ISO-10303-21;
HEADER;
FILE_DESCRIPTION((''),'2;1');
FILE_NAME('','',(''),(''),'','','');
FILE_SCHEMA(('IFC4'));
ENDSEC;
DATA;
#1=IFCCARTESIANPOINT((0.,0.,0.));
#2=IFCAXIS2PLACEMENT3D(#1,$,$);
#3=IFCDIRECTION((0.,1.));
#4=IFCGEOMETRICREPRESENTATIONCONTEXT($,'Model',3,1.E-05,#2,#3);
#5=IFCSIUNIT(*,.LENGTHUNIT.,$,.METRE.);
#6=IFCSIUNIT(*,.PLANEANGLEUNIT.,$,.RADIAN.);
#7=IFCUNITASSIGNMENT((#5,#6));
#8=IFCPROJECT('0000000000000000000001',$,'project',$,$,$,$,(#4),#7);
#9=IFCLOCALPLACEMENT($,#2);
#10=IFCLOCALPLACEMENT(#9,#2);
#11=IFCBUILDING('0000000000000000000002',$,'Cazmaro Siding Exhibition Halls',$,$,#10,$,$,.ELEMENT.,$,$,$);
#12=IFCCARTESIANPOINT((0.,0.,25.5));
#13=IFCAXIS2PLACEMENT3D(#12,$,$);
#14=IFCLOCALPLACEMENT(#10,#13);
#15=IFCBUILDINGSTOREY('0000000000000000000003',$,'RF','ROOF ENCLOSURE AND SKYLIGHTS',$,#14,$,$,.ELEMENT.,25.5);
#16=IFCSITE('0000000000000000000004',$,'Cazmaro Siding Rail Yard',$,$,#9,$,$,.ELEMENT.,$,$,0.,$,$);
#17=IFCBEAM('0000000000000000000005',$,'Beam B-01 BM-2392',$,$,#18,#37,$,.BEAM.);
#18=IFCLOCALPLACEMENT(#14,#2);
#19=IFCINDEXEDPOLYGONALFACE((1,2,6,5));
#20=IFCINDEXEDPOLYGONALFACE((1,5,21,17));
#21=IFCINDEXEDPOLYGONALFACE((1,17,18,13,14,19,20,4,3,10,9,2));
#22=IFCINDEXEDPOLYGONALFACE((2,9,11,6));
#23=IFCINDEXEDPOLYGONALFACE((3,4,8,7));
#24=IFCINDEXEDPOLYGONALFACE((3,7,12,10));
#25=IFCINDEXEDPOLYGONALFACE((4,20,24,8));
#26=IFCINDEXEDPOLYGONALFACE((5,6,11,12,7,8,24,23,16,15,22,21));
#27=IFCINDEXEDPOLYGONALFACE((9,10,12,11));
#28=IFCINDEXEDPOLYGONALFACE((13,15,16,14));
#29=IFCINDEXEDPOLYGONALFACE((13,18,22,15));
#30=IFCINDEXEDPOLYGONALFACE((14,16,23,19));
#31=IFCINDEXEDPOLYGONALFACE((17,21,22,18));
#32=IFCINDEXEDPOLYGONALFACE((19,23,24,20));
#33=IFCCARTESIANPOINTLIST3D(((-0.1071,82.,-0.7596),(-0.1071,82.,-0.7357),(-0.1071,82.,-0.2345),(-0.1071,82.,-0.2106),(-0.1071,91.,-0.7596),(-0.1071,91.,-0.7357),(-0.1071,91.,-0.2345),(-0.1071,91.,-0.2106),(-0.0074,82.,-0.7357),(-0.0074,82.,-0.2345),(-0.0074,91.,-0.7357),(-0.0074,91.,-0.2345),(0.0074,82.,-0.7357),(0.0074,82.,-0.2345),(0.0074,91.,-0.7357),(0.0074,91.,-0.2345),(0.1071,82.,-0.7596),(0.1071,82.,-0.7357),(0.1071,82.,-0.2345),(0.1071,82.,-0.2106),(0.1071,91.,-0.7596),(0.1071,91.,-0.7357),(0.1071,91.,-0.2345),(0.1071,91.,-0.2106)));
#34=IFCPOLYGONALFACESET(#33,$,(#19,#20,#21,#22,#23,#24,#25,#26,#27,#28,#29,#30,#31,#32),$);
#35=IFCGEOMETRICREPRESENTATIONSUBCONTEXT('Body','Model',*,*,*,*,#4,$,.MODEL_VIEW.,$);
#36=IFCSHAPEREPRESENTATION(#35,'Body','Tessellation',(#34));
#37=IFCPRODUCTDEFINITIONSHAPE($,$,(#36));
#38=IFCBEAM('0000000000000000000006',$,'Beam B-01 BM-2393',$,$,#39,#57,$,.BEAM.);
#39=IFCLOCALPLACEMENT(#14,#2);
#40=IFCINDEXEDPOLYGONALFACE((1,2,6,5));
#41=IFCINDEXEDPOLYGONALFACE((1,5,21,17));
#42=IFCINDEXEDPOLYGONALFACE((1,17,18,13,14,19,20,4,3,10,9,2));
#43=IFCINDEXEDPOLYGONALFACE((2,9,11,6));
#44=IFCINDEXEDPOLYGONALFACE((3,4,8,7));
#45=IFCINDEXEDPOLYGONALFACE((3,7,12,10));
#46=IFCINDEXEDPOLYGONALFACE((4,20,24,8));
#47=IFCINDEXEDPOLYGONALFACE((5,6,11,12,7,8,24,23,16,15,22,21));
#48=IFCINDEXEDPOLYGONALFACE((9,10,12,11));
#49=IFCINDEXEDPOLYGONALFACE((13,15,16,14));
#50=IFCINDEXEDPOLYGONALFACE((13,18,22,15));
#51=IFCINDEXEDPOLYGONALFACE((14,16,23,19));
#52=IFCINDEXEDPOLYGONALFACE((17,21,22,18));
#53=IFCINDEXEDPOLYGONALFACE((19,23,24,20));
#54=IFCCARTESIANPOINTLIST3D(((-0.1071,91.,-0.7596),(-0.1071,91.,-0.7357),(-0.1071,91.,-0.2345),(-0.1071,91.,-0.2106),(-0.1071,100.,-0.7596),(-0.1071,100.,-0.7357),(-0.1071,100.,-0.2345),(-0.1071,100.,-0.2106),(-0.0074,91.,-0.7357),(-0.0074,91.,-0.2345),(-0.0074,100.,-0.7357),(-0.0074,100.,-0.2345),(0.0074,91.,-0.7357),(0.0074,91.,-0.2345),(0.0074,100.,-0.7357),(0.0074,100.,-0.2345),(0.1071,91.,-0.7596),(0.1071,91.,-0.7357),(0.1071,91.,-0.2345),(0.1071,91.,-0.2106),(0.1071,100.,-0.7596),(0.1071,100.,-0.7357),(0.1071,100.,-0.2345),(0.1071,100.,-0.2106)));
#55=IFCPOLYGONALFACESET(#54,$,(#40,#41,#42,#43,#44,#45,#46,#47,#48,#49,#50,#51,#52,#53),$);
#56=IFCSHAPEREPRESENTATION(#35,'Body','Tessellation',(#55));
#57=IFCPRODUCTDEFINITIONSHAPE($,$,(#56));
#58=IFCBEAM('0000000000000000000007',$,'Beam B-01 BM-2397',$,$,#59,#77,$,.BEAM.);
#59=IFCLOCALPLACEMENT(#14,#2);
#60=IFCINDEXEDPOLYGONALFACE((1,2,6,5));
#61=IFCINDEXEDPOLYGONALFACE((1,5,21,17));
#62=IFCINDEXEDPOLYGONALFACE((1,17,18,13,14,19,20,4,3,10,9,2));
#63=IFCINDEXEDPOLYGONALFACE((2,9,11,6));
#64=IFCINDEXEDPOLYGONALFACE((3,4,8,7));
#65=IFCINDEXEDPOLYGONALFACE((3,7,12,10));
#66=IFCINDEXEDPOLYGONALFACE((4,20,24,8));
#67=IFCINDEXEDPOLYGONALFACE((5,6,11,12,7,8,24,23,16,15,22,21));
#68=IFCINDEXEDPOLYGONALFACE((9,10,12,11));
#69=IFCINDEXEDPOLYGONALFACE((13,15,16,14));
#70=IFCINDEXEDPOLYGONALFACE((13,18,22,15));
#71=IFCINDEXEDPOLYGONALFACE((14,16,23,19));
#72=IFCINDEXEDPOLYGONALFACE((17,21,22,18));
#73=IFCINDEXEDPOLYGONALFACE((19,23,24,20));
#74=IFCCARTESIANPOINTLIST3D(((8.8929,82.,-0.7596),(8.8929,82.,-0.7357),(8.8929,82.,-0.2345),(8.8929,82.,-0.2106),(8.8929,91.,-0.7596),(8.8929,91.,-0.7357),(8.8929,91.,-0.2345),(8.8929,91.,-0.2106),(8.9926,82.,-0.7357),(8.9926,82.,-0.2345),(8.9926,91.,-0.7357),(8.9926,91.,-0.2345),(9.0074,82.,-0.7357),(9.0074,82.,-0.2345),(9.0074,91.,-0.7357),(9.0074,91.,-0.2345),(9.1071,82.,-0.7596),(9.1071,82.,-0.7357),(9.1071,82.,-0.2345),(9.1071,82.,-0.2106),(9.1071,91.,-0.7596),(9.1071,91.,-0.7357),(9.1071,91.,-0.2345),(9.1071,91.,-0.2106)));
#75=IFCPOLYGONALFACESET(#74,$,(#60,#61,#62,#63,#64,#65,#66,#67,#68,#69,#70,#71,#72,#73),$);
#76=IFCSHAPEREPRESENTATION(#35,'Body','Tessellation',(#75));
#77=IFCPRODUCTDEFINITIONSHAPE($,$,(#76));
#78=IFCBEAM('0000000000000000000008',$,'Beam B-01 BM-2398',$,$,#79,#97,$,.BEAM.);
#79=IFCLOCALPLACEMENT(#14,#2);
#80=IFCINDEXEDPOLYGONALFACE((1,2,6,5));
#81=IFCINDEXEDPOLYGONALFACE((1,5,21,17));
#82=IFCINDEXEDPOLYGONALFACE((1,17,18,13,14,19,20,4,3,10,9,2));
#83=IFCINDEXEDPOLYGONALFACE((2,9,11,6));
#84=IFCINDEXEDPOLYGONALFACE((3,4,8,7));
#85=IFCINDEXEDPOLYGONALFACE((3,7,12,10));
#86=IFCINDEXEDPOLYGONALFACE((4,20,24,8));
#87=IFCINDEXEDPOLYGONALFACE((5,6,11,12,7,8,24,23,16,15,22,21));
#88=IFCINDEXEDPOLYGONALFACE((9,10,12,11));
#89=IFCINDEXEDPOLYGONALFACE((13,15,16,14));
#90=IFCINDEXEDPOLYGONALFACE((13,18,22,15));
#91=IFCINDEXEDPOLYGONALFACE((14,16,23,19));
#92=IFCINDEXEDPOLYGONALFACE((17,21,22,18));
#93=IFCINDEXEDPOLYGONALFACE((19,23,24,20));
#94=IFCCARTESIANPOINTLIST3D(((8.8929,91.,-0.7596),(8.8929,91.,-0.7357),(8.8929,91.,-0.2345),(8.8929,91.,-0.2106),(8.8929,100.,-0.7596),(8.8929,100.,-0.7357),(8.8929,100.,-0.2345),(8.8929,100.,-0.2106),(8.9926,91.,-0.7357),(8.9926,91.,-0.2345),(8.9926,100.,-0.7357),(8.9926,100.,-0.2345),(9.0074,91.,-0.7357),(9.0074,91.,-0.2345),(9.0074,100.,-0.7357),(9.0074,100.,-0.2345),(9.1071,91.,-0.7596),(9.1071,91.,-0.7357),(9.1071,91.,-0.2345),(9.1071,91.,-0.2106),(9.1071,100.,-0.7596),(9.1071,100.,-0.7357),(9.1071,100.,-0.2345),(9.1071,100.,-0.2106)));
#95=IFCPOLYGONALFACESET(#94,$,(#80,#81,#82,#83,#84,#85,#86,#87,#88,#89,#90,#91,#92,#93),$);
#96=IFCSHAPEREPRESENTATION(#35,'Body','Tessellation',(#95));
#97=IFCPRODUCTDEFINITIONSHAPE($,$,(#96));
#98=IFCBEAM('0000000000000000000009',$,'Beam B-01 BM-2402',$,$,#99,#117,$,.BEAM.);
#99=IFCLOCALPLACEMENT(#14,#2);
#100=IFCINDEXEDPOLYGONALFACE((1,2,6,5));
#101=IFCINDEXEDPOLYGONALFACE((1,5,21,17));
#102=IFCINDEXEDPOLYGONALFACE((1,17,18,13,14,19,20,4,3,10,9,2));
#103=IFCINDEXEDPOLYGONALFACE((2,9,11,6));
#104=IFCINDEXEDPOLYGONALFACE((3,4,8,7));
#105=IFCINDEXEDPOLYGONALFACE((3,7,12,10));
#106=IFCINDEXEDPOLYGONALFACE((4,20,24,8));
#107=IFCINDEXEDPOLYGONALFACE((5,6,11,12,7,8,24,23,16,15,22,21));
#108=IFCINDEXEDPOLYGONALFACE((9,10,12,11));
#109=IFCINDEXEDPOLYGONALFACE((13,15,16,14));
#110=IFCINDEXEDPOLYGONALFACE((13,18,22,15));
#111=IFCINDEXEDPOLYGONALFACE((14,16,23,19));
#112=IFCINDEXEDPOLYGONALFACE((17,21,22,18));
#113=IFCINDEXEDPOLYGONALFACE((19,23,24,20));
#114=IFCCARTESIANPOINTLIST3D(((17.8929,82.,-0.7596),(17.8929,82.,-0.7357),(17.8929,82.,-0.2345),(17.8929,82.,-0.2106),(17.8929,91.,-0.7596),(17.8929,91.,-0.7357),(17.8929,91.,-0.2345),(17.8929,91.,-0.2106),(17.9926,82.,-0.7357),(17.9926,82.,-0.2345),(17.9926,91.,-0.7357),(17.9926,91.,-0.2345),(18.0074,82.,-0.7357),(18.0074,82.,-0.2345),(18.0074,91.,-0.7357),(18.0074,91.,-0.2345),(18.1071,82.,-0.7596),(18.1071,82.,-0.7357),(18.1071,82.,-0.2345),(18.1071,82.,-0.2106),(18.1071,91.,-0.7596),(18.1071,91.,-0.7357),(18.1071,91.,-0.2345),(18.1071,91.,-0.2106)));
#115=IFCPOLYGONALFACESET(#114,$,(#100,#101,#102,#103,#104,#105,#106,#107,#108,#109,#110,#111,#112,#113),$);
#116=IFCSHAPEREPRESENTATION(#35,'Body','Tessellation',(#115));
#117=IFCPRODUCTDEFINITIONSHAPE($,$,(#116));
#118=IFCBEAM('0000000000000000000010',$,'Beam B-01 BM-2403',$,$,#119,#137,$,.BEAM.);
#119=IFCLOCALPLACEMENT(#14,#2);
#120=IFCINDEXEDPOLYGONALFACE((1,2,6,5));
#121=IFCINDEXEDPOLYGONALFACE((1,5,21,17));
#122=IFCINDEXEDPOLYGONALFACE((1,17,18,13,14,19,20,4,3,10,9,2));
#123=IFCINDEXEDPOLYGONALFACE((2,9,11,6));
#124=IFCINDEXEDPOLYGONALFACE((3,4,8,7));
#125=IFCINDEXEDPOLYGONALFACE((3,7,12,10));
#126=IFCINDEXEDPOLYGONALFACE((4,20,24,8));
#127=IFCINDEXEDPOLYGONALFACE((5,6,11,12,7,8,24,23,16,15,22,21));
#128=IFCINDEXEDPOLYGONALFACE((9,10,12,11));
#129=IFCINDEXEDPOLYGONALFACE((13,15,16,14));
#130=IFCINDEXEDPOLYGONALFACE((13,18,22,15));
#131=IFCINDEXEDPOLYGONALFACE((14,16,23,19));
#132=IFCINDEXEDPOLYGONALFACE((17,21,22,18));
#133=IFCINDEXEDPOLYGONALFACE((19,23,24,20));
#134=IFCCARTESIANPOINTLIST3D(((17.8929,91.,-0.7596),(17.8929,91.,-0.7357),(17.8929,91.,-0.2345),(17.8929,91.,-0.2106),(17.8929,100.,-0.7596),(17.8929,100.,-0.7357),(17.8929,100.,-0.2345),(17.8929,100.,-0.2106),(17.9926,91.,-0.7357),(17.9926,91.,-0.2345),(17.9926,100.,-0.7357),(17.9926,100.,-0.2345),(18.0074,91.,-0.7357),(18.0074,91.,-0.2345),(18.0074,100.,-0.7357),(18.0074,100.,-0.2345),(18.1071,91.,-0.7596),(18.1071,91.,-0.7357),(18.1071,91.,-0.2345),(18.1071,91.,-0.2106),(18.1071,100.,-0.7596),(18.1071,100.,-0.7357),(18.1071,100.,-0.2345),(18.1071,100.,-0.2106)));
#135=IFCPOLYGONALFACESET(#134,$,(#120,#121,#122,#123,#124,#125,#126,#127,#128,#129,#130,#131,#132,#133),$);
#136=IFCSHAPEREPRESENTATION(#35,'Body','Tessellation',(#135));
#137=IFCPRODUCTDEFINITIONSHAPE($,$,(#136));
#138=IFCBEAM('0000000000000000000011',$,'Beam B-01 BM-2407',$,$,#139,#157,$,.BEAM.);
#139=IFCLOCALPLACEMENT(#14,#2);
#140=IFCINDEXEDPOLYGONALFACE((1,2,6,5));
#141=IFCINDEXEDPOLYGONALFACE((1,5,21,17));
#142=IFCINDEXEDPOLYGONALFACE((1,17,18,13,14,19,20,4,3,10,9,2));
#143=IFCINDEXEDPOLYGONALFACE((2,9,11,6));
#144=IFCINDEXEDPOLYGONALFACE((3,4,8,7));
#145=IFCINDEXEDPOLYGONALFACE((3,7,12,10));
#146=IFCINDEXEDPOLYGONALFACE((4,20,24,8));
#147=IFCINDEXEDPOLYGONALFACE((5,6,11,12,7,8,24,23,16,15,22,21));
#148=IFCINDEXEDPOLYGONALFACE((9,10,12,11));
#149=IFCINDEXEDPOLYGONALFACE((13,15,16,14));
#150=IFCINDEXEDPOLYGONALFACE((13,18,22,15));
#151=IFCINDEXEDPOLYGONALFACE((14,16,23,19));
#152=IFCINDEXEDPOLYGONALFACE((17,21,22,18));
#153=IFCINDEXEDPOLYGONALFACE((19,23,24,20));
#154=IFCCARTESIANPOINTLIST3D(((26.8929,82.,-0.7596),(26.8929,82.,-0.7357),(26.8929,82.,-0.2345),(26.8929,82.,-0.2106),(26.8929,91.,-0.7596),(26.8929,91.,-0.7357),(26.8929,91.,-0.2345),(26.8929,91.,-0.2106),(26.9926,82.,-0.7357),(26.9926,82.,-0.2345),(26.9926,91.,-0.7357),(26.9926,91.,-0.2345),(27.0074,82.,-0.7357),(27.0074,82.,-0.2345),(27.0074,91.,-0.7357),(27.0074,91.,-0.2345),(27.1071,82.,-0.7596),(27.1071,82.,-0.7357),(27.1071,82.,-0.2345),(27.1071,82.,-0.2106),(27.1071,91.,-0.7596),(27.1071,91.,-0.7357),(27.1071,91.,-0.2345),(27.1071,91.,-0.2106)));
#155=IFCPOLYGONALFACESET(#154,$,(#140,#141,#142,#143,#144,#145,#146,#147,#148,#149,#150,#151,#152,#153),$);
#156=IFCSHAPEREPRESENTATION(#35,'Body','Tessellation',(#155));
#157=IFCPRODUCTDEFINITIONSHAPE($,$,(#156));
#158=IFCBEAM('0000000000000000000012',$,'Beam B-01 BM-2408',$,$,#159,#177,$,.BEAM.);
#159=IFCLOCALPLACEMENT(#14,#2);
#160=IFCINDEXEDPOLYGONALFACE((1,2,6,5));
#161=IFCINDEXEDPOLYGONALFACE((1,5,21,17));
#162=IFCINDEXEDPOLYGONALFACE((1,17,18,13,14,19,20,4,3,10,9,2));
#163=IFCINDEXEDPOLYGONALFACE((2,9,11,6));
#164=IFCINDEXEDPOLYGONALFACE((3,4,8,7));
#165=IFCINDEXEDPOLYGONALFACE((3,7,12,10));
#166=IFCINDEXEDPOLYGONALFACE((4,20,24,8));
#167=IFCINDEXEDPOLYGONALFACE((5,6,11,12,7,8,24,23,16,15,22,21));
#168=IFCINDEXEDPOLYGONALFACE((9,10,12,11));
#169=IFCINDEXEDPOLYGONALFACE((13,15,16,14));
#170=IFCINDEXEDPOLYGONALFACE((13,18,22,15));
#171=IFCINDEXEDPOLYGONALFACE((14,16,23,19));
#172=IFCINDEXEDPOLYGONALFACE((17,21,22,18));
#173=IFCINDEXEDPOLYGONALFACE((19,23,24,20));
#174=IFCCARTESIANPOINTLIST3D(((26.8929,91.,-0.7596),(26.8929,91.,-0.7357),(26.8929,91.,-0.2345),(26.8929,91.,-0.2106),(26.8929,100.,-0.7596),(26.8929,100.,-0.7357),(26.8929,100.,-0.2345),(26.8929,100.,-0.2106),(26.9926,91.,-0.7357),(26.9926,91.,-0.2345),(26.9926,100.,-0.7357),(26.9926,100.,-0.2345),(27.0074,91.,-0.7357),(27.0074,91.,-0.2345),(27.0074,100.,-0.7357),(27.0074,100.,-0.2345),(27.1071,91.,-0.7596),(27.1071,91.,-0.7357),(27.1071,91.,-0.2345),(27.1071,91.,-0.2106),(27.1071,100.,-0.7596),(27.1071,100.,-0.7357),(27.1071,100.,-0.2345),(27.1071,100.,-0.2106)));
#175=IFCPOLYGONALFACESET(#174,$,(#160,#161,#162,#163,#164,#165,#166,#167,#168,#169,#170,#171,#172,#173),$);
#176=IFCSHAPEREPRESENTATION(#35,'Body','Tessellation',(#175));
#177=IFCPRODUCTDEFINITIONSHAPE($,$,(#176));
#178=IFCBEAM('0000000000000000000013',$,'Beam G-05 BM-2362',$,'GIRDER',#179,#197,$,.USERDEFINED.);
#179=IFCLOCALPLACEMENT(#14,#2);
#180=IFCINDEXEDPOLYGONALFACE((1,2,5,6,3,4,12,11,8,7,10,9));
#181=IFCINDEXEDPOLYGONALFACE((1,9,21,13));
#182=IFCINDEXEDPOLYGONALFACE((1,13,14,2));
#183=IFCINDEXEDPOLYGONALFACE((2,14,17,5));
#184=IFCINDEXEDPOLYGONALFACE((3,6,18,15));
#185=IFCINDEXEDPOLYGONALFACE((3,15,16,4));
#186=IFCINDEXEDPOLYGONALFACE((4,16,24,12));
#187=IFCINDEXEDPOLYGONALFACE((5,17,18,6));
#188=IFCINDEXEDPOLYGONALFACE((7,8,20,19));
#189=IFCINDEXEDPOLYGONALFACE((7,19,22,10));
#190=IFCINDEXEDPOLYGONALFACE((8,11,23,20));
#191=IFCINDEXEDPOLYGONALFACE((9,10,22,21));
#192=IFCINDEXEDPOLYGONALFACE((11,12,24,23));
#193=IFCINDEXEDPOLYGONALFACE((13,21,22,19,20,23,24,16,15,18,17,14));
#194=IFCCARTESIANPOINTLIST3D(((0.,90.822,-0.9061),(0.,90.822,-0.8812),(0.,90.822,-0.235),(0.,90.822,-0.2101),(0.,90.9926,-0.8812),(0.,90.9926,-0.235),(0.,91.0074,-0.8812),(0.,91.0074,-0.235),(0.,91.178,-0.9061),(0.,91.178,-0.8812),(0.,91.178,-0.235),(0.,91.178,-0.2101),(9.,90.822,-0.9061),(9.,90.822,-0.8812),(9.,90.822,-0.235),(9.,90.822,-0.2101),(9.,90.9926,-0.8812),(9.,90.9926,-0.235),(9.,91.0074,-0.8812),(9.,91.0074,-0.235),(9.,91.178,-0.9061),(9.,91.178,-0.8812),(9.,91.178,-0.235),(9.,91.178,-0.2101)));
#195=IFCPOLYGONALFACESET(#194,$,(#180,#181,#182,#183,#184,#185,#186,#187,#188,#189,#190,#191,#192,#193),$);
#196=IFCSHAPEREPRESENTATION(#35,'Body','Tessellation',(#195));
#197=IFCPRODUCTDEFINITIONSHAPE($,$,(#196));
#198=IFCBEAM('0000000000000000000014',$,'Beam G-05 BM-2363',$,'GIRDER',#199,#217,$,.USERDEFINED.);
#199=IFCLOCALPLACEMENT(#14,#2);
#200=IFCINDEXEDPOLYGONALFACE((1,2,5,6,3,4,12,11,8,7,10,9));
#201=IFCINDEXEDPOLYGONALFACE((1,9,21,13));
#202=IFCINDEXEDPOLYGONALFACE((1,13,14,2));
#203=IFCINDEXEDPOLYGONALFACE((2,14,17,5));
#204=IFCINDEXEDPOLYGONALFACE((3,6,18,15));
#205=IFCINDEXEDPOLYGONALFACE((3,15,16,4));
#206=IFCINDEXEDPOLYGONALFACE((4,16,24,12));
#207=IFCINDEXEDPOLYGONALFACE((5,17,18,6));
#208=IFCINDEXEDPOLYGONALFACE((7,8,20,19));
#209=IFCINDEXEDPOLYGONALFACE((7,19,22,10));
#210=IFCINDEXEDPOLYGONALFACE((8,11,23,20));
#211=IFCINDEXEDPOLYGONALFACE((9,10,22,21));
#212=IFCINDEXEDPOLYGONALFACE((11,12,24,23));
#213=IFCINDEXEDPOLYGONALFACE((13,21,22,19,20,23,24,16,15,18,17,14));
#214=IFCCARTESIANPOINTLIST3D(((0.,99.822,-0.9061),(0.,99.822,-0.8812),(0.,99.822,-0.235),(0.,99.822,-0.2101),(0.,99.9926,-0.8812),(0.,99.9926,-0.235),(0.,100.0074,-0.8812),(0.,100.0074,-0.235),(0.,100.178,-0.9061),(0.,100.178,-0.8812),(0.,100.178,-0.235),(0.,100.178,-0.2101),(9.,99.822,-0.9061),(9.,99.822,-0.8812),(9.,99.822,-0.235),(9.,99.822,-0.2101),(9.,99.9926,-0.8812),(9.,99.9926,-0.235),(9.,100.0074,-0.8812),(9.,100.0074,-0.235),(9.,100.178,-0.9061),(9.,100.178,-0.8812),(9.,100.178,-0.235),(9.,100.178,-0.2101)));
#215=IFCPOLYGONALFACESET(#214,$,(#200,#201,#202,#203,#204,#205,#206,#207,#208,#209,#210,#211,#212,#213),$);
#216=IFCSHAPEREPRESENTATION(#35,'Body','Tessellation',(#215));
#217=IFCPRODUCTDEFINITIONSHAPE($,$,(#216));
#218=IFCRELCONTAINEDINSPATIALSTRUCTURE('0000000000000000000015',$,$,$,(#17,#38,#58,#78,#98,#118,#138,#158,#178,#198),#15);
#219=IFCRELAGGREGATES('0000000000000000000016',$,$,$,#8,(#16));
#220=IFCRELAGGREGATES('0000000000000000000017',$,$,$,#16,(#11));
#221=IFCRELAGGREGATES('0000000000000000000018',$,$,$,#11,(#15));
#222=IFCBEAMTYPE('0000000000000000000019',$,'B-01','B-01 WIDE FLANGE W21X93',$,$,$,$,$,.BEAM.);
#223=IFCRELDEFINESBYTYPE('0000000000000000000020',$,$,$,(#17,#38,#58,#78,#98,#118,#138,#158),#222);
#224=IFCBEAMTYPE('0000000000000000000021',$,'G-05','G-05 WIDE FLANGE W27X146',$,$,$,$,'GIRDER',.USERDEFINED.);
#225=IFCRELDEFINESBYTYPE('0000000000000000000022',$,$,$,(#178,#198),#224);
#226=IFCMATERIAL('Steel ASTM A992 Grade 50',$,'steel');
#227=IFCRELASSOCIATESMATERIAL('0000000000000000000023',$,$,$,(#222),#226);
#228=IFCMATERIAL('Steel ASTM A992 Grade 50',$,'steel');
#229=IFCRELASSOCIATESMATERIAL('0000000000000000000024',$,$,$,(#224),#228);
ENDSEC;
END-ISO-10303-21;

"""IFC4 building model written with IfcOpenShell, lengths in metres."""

from ifc_helpers import new_model, si_unit, direction, frame, origin, origin_2d, place, context, subcontext, project, spatial, i_section, extrude, material, material_profile, profile_set, type_object, element, save


model = new_model("IFC4")

# Units and contexts
model_context = context("Model", 3, precision=1e-05, world=origin(), true_north=direction((0.0, 1.0)))
body_context = subcontext(model_context, "Body", "Model", "MODEL_VIEW")
ifc_project = project(units=[si_unit("LENGTHUNIT", "METRE"), si_unit("PLANEANGLEUNIT", "RADIAN")], contexts=[model_context])

# Site, building, storey
site_placement = place(None, origin())
site = spatial("IfcSite", under=ifc_project, at=site_placement, Name="Cazmaro Siding Rail Yard", CompositionType="ELEMENT", RefElevation=0.0)
building_placement = place(site_placement, origin())
building = spatial("IfcBuilding", under=site, at=building_placement, Name="Cazmaro Siding Exhibition Halls", CompositionType="ELEMENT")
storey_placement = place(building_placement, frame((0.0, 0.0, 25.5)))
storey = spatial("IfcBuildingStorey", under=building, at=storey_placement, Name="RF", Description="ROOF ENCLOSURE AND SKYLIGHTS", CompositionType="ELEMENT", Elevation=25.5)

# Beams
ifc_material_1 = material(Name="Steel ASTM A992 Grade 50", Category="steel")
ifc_material_profile_1 = material_profile(ifc_material_1, i_section(OverallWidth=0.2141, OverallDepth=0.5491, WebThickness=0.0149, FlangeThickness=0.0239, at=origin_2d()), Name="W21X93")
ifc_profile_set_1 = profile_set([ifc_material_profile_1], Name="Steel ASTM A992 Grade 50")
beam_type_1 = type_object("IfcBeamType", Name="B-01", Description="B-01 WIDE FLANGE W21X93", PredefinedType="BEAM", material=ifc_profile_set_1)
for number, where, z_axis, x_axis, name in (
    (1, (0.0, 82.0, -0.4851), (0.0, 1.0, 0.0), (-1.0, 0.0, 0.0), "Beam B-01 BM-2392"),
    (2, (0.0, 91.0, -0.4851), (0.0, 1.0, 0.0), (-1.0, 0.0, 0.0), "Beam B-01 BM-2393"),
    (3, (9.0, 82.0, -0.4851), (0.0, 1.0, 0.0), (-1.0, 0.0, 0.0), "Beam B-01 BM-2397"),
    (4, (9.0, 91.0, -0.4851), (0.0, 1.0, 0.0), (-1.0, 0.0, 0.0), "Beam B-01 BM-2398"),
    (5, (18.0, 82.0, -0.4851), (0.0, 1.0, 0.0), (-1.0, 0.0, 0.0), "Beam B-01 BM-2402"),
    (6, (18.0, 91.0, -0.4851), (0.0, 1.0, 0.0), (-1.0, 0.0, 0.0), "Beam B-01 BM-2403"),
    (7, (27.0, 82.0, -0.4851), (0.0, 1.0, 0.0), (-1.0, 0.0, 0.0), "Beam B-01 BM-2407"),
    (8, (27.0, 91.0, -0.4851), (0.0, 1.0, 0.0), (-1.0, 0.0, 0.0), "Beam B-01 BM-2408"),
):
    element("IfcBeam", number, at=place(storey_placement, frame(where, z_axis=z_axis, x_axis=x_axis)), inside=storey, type_object=beam_type_1, Name=name, PredefinedType="BEAM", context=body_context, shape_type="SweptSolid", body=[
        extrude(i_section(OverallWidth=0.2141, OverallDepth=0.5491, WebThickness=0.0149, FlangeThickness=0.0239, at=origin_2d()), origin(), (0.0, 0.0, 1.0), 9.0),
    ])
ifc_material_2 = material(Name="Steel ASTM A992 Grade 50", Category="steel")
ifc_material_profile_2 = material_profile(ifc_material_2, i_section(OverallWidth=0.356, OverallDepth=0.696, WebThickness=0.0149, FlangeThickness=0.0249, at=origin_2d()), Name="W27X146")
ifc_profile_set_2 = profile_set([ifc_material_profile_2], Name="Steel ASTM A992 Grade 50")
beam_type_2 = type_object("IfcBeamType", Name="G-05", Description="G-05 WIDE FLANGE W27X146", ElementType="GIRDER", PredefinedType="USERDEFINED", material=ifc_profile_set_2)
for number, where, z_axis, x_axis, name in (
    (9, (0.0, 91.0, -0.5581), (1.0, 0.0, 0.0), (0.0, 1.0, 0.0), "Beam G-05 BM-2362"),
    (10, (0.0, 100.0, -0.5581), (1.0, 0.0, 0.0), (0.0, 1.0, 0.0), "Beam G-05 BM-2363"),
):
    element("IfcBeam", number, at=place(storey_placement, frame(where, z_axis=z_axis, x_axis=x_axis)), inside=storey, type_object=beam_type_2, Name=name, ObjectType="GIRDER", PredefinedType="USERDEFINED", context=body_context, shape_type="SweptSolid", body=[
        extrude(i_section(OverallWidth=0.356, OverallDepth=0.696, WebThickness=0.0149, FlangeThickness=0.0249, at=origin_2d()), origin(), (0.0, 0.0, 1.0), 9.0),
    ])

save(model, "model.ifc")
